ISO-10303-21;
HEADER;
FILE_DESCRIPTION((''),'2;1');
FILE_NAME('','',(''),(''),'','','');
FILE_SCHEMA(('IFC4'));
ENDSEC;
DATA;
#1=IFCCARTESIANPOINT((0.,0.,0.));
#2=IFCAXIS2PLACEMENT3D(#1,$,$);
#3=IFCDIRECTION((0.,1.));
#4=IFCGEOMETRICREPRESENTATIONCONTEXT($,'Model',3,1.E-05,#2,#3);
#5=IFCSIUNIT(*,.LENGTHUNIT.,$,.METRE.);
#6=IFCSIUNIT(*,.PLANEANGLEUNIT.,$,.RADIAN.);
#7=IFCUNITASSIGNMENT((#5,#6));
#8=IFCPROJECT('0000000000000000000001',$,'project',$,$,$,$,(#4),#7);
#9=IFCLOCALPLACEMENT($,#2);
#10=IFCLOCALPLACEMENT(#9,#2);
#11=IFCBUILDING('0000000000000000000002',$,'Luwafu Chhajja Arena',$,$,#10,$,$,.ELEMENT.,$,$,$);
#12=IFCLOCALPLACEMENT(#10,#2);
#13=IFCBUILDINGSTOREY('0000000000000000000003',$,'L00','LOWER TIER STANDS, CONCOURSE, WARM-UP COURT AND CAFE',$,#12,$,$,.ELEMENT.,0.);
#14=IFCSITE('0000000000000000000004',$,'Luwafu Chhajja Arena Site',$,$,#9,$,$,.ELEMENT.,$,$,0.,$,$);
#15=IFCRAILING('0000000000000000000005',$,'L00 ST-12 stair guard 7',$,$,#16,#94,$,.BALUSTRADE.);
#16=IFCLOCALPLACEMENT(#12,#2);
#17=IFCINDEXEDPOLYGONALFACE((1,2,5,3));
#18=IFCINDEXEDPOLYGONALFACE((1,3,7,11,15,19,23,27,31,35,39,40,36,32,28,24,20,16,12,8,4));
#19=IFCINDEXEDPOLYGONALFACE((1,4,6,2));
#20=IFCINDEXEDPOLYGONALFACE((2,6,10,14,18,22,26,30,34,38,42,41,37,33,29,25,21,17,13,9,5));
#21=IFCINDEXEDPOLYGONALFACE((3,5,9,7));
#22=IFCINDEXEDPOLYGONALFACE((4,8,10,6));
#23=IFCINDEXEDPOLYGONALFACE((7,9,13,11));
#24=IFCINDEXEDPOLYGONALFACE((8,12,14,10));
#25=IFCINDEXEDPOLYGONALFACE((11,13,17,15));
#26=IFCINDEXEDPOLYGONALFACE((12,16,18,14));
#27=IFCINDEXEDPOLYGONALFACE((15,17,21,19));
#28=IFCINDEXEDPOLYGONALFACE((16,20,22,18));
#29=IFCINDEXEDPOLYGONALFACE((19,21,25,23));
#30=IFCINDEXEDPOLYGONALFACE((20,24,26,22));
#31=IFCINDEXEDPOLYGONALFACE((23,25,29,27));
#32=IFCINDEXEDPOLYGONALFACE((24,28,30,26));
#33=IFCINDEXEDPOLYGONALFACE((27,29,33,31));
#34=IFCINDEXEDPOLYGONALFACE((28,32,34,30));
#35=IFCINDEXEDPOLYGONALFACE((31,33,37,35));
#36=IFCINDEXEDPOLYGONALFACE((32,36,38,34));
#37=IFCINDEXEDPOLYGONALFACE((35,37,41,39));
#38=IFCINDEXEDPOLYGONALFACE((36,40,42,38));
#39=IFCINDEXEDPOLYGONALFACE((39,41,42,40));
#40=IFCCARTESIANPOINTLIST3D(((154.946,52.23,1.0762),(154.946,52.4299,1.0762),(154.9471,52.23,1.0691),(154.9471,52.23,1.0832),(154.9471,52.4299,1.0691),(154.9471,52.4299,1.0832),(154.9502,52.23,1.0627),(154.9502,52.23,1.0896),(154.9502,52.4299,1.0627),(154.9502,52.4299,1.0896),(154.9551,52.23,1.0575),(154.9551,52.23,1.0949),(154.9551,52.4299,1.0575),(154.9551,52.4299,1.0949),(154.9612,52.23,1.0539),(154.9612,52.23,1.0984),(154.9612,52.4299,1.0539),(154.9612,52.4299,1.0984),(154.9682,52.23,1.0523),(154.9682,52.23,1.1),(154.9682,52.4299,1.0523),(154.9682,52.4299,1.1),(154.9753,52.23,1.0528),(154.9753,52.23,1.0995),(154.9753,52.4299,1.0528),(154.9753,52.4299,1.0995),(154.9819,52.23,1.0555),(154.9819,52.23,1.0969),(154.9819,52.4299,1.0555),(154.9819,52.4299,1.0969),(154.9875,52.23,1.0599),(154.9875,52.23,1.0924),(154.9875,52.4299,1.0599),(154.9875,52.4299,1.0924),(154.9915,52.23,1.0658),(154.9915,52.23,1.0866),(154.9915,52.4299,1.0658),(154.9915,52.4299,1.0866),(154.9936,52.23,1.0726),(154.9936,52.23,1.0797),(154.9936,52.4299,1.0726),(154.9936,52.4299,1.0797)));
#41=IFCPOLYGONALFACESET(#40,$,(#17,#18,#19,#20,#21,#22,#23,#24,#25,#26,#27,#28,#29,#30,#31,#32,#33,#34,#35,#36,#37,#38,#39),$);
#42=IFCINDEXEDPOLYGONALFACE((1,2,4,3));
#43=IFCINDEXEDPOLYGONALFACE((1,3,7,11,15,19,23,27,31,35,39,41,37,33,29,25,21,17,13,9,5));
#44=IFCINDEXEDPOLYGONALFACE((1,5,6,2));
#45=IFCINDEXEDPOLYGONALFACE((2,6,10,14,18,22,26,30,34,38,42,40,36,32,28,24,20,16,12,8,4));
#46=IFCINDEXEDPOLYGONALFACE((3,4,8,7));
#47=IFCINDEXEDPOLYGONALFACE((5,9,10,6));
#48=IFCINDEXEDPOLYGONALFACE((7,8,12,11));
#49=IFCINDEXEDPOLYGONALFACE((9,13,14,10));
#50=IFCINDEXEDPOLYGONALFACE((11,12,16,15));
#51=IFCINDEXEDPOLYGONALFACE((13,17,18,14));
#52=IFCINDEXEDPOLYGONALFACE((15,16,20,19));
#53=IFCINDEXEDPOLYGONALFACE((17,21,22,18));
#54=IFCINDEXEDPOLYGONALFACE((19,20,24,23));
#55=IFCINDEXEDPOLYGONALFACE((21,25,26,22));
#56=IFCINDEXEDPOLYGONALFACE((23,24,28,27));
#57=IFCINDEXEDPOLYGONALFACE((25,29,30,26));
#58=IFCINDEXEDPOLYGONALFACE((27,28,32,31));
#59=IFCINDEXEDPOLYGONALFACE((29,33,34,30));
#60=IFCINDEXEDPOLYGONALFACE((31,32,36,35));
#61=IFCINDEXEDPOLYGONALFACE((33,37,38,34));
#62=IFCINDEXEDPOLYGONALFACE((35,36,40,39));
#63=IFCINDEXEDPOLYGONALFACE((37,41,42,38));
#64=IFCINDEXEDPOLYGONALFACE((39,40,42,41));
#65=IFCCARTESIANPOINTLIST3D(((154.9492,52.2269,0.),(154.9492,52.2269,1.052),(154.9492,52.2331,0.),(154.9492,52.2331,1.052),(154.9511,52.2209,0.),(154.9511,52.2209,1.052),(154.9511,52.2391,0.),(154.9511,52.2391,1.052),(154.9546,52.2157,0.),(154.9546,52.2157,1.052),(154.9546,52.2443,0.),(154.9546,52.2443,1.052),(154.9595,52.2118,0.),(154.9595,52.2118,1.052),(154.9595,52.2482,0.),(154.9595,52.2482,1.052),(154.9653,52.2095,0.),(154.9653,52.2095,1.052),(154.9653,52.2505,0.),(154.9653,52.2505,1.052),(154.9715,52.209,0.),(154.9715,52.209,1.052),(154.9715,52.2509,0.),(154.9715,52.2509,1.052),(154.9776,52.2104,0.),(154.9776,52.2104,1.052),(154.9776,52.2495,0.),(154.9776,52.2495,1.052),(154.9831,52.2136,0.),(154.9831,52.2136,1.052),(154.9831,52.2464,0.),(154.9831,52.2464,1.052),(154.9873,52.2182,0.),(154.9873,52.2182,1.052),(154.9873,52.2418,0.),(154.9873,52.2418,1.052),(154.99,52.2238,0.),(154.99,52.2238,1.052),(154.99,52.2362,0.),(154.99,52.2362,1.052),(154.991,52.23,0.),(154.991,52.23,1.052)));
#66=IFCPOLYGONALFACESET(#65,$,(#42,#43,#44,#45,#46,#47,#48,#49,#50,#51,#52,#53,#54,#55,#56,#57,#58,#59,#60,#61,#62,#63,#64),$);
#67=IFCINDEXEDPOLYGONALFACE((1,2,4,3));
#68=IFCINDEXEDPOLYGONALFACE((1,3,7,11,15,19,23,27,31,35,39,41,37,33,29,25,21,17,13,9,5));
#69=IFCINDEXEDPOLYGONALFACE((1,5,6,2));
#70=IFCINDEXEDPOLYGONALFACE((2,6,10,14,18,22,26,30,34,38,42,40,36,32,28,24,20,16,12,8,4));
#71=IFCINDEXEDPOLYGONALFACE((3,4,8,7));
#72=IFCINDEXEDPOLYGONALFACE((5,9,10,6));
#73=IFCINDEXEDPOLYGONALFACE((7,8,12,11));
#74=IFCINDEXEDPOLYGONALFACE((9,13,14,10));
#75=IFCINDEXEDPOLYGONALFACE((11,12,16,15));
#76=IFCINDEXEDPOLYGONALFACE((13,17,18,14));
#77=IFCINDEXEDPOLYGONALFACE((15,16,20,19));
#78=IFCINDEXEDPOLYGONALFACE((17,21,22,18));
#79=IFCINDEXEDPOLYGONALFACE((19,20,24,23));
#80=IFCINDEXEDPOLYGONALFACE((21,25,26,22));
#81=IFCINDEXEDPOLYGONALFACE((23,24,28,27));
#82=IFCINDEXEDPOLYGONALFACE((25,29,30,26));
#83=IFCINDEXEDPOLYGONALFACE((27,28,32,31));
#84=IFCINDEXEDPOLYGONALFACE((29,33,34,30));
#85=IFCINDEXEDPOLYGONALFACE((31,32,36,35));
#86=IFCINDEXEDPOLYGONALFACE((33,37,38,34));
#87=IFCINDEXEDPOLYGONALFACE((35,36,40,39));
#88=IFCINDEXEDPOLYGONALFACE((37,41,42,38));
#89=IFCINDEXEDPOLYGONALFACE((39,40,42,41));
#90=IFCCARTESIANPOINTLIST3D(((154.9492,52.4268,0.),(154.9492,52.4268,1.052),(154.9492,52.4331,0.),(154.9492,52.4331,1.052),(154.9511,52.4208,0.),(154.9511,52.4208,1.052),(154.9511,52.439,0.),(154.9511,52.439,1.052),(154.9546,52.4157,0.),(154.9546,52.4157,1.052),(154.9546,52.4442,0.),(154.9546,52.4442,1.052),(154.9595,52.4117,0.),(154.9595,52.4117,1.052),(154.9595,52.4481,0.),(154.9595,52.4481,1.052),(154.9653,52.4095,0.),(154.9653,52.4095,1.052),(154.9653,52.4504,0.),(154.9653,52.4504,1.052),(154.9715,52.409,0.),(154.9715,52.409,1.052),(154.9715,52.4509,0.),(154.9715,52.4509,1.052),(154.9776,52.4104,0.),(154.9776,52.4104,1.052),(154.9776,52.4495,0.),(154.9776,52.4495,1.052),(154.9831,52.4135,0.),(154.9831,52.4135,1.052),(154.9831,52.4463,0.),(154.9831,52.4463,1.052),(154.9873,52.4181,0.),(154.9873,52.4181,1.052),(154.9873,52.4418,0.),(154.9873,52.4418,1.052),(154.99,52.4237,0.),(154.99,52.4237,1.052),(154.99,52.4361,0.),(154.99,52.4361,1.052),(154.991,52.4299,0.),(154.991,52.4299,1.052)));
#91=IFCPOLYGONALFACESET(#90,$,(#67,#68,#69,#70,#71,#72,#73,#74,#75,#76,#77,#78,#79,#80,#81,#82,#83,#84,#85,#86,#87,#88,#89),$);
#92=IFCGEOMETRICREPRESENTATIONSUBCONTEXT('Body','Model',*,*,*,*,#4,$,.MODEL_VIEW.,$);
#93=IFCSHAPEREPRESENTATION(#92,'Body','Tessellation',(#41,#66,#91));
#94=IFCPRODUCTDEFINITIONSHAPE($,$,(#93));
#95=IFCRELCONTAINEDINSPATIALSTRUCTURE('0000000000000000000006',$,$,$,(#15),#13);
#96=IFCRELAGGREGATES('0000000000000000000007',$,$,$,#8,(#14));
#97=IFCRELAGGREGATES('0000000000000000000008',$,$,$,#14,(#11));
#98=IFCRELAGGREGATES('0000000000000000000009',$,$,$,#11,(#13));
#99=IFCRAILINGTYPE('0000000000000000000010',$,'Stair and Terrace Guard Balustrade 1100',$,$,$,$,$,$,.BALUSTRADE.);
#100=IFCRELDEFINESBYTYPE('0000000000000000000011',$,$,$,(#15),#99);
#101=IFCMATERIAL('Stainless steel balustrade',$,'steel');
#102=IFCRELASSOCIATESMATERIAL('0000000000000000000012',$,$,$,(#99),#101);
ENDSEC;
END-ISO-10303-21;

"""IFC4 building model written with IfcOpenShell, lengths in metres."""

from ifc_helpers import new_model, si_unit, direction, frame, origin, origin_2d, place, context, subcontext, project, spatial, circle, extrude, material, type_object, element, save


model = new_model("IFC4")

# Units and contexts
model_context = context("Model", 3, precision=1e-05, world=origin(), true_north=direction((0.0, 1.0)))
body_context = subcontext(model_context, "Body", "Model", "MODEL_VIEW")
ifc_project = project(units=[si_unit("LENGTHUNIT", "METRE"), si_unit("PLANEANGLEUNIT", "RADIAN")], contexts=[model_context])

# Site, building, storey
site_placement = place(None, origin())
site = spatial("IfcSite", under=ifc_project, at=site_placement, Name="Luwafu Chhajja Arena Site", CompositionType="ELEMENT", RefElevation=0.0)
building_placement = place(site_placement, origin())
building = spatial("IfcBuilding", under=site, at=building_placement, Name="Luwafu Chhajja Arena", CompositionType="ELEMENT")
storey_placement = place(building_placement, origin())
storey = spatial("IfcBuildingStorey", under=building, at=storey_placement, Name="L00", Description="LOWER TIER STANDS, CONCOURSE, WARM-UP COURT AND CAFE", CompositionType="ELEMENT", Elevation=0.0)

# Railing
ifc_material_1 = material(Name="Stainless steel balustrade", Category="steel")
railing_type_1 = type_object("IfcRailingType", Name="Stair and Terrace Guard Balustrade 1100", PredefinedType="BALUSTRADE", material=ifc_material_1)
railing_1_placement = place(storey_placement, frame((154.97, 52.23, 0.0)))
element("IfcRailing", 1, at=railing_1_placement, inside=storey, type_object=railing_type_1, Name="L00 ST-12 stair guard 7", PredefinedType="BALUSTRADE", context=body_context, shape_type="SweptSolid", body=[
    extrude(circle(Radius=0.0239, at=origin_2d()), frame((0.0, 0.0, 1.0762), z_axis=(0.0, 1.0, 0.0), x_axis=(-1.0, 0.0, 0.0)), (0.0, 0.0, 1.0), 0.2),
    extrude(circle(Radius=0.021, at=origin_2d()), origin(), (0.0, 0.0, 1.0), 1.052),
    extrude(circle(Radius=0.021, at=origin_2d()), frame((0.0, 0.2, 0.0)), (0.0, 0.0, 1.0), 1.052),
])

save(model, "model.ifc")
